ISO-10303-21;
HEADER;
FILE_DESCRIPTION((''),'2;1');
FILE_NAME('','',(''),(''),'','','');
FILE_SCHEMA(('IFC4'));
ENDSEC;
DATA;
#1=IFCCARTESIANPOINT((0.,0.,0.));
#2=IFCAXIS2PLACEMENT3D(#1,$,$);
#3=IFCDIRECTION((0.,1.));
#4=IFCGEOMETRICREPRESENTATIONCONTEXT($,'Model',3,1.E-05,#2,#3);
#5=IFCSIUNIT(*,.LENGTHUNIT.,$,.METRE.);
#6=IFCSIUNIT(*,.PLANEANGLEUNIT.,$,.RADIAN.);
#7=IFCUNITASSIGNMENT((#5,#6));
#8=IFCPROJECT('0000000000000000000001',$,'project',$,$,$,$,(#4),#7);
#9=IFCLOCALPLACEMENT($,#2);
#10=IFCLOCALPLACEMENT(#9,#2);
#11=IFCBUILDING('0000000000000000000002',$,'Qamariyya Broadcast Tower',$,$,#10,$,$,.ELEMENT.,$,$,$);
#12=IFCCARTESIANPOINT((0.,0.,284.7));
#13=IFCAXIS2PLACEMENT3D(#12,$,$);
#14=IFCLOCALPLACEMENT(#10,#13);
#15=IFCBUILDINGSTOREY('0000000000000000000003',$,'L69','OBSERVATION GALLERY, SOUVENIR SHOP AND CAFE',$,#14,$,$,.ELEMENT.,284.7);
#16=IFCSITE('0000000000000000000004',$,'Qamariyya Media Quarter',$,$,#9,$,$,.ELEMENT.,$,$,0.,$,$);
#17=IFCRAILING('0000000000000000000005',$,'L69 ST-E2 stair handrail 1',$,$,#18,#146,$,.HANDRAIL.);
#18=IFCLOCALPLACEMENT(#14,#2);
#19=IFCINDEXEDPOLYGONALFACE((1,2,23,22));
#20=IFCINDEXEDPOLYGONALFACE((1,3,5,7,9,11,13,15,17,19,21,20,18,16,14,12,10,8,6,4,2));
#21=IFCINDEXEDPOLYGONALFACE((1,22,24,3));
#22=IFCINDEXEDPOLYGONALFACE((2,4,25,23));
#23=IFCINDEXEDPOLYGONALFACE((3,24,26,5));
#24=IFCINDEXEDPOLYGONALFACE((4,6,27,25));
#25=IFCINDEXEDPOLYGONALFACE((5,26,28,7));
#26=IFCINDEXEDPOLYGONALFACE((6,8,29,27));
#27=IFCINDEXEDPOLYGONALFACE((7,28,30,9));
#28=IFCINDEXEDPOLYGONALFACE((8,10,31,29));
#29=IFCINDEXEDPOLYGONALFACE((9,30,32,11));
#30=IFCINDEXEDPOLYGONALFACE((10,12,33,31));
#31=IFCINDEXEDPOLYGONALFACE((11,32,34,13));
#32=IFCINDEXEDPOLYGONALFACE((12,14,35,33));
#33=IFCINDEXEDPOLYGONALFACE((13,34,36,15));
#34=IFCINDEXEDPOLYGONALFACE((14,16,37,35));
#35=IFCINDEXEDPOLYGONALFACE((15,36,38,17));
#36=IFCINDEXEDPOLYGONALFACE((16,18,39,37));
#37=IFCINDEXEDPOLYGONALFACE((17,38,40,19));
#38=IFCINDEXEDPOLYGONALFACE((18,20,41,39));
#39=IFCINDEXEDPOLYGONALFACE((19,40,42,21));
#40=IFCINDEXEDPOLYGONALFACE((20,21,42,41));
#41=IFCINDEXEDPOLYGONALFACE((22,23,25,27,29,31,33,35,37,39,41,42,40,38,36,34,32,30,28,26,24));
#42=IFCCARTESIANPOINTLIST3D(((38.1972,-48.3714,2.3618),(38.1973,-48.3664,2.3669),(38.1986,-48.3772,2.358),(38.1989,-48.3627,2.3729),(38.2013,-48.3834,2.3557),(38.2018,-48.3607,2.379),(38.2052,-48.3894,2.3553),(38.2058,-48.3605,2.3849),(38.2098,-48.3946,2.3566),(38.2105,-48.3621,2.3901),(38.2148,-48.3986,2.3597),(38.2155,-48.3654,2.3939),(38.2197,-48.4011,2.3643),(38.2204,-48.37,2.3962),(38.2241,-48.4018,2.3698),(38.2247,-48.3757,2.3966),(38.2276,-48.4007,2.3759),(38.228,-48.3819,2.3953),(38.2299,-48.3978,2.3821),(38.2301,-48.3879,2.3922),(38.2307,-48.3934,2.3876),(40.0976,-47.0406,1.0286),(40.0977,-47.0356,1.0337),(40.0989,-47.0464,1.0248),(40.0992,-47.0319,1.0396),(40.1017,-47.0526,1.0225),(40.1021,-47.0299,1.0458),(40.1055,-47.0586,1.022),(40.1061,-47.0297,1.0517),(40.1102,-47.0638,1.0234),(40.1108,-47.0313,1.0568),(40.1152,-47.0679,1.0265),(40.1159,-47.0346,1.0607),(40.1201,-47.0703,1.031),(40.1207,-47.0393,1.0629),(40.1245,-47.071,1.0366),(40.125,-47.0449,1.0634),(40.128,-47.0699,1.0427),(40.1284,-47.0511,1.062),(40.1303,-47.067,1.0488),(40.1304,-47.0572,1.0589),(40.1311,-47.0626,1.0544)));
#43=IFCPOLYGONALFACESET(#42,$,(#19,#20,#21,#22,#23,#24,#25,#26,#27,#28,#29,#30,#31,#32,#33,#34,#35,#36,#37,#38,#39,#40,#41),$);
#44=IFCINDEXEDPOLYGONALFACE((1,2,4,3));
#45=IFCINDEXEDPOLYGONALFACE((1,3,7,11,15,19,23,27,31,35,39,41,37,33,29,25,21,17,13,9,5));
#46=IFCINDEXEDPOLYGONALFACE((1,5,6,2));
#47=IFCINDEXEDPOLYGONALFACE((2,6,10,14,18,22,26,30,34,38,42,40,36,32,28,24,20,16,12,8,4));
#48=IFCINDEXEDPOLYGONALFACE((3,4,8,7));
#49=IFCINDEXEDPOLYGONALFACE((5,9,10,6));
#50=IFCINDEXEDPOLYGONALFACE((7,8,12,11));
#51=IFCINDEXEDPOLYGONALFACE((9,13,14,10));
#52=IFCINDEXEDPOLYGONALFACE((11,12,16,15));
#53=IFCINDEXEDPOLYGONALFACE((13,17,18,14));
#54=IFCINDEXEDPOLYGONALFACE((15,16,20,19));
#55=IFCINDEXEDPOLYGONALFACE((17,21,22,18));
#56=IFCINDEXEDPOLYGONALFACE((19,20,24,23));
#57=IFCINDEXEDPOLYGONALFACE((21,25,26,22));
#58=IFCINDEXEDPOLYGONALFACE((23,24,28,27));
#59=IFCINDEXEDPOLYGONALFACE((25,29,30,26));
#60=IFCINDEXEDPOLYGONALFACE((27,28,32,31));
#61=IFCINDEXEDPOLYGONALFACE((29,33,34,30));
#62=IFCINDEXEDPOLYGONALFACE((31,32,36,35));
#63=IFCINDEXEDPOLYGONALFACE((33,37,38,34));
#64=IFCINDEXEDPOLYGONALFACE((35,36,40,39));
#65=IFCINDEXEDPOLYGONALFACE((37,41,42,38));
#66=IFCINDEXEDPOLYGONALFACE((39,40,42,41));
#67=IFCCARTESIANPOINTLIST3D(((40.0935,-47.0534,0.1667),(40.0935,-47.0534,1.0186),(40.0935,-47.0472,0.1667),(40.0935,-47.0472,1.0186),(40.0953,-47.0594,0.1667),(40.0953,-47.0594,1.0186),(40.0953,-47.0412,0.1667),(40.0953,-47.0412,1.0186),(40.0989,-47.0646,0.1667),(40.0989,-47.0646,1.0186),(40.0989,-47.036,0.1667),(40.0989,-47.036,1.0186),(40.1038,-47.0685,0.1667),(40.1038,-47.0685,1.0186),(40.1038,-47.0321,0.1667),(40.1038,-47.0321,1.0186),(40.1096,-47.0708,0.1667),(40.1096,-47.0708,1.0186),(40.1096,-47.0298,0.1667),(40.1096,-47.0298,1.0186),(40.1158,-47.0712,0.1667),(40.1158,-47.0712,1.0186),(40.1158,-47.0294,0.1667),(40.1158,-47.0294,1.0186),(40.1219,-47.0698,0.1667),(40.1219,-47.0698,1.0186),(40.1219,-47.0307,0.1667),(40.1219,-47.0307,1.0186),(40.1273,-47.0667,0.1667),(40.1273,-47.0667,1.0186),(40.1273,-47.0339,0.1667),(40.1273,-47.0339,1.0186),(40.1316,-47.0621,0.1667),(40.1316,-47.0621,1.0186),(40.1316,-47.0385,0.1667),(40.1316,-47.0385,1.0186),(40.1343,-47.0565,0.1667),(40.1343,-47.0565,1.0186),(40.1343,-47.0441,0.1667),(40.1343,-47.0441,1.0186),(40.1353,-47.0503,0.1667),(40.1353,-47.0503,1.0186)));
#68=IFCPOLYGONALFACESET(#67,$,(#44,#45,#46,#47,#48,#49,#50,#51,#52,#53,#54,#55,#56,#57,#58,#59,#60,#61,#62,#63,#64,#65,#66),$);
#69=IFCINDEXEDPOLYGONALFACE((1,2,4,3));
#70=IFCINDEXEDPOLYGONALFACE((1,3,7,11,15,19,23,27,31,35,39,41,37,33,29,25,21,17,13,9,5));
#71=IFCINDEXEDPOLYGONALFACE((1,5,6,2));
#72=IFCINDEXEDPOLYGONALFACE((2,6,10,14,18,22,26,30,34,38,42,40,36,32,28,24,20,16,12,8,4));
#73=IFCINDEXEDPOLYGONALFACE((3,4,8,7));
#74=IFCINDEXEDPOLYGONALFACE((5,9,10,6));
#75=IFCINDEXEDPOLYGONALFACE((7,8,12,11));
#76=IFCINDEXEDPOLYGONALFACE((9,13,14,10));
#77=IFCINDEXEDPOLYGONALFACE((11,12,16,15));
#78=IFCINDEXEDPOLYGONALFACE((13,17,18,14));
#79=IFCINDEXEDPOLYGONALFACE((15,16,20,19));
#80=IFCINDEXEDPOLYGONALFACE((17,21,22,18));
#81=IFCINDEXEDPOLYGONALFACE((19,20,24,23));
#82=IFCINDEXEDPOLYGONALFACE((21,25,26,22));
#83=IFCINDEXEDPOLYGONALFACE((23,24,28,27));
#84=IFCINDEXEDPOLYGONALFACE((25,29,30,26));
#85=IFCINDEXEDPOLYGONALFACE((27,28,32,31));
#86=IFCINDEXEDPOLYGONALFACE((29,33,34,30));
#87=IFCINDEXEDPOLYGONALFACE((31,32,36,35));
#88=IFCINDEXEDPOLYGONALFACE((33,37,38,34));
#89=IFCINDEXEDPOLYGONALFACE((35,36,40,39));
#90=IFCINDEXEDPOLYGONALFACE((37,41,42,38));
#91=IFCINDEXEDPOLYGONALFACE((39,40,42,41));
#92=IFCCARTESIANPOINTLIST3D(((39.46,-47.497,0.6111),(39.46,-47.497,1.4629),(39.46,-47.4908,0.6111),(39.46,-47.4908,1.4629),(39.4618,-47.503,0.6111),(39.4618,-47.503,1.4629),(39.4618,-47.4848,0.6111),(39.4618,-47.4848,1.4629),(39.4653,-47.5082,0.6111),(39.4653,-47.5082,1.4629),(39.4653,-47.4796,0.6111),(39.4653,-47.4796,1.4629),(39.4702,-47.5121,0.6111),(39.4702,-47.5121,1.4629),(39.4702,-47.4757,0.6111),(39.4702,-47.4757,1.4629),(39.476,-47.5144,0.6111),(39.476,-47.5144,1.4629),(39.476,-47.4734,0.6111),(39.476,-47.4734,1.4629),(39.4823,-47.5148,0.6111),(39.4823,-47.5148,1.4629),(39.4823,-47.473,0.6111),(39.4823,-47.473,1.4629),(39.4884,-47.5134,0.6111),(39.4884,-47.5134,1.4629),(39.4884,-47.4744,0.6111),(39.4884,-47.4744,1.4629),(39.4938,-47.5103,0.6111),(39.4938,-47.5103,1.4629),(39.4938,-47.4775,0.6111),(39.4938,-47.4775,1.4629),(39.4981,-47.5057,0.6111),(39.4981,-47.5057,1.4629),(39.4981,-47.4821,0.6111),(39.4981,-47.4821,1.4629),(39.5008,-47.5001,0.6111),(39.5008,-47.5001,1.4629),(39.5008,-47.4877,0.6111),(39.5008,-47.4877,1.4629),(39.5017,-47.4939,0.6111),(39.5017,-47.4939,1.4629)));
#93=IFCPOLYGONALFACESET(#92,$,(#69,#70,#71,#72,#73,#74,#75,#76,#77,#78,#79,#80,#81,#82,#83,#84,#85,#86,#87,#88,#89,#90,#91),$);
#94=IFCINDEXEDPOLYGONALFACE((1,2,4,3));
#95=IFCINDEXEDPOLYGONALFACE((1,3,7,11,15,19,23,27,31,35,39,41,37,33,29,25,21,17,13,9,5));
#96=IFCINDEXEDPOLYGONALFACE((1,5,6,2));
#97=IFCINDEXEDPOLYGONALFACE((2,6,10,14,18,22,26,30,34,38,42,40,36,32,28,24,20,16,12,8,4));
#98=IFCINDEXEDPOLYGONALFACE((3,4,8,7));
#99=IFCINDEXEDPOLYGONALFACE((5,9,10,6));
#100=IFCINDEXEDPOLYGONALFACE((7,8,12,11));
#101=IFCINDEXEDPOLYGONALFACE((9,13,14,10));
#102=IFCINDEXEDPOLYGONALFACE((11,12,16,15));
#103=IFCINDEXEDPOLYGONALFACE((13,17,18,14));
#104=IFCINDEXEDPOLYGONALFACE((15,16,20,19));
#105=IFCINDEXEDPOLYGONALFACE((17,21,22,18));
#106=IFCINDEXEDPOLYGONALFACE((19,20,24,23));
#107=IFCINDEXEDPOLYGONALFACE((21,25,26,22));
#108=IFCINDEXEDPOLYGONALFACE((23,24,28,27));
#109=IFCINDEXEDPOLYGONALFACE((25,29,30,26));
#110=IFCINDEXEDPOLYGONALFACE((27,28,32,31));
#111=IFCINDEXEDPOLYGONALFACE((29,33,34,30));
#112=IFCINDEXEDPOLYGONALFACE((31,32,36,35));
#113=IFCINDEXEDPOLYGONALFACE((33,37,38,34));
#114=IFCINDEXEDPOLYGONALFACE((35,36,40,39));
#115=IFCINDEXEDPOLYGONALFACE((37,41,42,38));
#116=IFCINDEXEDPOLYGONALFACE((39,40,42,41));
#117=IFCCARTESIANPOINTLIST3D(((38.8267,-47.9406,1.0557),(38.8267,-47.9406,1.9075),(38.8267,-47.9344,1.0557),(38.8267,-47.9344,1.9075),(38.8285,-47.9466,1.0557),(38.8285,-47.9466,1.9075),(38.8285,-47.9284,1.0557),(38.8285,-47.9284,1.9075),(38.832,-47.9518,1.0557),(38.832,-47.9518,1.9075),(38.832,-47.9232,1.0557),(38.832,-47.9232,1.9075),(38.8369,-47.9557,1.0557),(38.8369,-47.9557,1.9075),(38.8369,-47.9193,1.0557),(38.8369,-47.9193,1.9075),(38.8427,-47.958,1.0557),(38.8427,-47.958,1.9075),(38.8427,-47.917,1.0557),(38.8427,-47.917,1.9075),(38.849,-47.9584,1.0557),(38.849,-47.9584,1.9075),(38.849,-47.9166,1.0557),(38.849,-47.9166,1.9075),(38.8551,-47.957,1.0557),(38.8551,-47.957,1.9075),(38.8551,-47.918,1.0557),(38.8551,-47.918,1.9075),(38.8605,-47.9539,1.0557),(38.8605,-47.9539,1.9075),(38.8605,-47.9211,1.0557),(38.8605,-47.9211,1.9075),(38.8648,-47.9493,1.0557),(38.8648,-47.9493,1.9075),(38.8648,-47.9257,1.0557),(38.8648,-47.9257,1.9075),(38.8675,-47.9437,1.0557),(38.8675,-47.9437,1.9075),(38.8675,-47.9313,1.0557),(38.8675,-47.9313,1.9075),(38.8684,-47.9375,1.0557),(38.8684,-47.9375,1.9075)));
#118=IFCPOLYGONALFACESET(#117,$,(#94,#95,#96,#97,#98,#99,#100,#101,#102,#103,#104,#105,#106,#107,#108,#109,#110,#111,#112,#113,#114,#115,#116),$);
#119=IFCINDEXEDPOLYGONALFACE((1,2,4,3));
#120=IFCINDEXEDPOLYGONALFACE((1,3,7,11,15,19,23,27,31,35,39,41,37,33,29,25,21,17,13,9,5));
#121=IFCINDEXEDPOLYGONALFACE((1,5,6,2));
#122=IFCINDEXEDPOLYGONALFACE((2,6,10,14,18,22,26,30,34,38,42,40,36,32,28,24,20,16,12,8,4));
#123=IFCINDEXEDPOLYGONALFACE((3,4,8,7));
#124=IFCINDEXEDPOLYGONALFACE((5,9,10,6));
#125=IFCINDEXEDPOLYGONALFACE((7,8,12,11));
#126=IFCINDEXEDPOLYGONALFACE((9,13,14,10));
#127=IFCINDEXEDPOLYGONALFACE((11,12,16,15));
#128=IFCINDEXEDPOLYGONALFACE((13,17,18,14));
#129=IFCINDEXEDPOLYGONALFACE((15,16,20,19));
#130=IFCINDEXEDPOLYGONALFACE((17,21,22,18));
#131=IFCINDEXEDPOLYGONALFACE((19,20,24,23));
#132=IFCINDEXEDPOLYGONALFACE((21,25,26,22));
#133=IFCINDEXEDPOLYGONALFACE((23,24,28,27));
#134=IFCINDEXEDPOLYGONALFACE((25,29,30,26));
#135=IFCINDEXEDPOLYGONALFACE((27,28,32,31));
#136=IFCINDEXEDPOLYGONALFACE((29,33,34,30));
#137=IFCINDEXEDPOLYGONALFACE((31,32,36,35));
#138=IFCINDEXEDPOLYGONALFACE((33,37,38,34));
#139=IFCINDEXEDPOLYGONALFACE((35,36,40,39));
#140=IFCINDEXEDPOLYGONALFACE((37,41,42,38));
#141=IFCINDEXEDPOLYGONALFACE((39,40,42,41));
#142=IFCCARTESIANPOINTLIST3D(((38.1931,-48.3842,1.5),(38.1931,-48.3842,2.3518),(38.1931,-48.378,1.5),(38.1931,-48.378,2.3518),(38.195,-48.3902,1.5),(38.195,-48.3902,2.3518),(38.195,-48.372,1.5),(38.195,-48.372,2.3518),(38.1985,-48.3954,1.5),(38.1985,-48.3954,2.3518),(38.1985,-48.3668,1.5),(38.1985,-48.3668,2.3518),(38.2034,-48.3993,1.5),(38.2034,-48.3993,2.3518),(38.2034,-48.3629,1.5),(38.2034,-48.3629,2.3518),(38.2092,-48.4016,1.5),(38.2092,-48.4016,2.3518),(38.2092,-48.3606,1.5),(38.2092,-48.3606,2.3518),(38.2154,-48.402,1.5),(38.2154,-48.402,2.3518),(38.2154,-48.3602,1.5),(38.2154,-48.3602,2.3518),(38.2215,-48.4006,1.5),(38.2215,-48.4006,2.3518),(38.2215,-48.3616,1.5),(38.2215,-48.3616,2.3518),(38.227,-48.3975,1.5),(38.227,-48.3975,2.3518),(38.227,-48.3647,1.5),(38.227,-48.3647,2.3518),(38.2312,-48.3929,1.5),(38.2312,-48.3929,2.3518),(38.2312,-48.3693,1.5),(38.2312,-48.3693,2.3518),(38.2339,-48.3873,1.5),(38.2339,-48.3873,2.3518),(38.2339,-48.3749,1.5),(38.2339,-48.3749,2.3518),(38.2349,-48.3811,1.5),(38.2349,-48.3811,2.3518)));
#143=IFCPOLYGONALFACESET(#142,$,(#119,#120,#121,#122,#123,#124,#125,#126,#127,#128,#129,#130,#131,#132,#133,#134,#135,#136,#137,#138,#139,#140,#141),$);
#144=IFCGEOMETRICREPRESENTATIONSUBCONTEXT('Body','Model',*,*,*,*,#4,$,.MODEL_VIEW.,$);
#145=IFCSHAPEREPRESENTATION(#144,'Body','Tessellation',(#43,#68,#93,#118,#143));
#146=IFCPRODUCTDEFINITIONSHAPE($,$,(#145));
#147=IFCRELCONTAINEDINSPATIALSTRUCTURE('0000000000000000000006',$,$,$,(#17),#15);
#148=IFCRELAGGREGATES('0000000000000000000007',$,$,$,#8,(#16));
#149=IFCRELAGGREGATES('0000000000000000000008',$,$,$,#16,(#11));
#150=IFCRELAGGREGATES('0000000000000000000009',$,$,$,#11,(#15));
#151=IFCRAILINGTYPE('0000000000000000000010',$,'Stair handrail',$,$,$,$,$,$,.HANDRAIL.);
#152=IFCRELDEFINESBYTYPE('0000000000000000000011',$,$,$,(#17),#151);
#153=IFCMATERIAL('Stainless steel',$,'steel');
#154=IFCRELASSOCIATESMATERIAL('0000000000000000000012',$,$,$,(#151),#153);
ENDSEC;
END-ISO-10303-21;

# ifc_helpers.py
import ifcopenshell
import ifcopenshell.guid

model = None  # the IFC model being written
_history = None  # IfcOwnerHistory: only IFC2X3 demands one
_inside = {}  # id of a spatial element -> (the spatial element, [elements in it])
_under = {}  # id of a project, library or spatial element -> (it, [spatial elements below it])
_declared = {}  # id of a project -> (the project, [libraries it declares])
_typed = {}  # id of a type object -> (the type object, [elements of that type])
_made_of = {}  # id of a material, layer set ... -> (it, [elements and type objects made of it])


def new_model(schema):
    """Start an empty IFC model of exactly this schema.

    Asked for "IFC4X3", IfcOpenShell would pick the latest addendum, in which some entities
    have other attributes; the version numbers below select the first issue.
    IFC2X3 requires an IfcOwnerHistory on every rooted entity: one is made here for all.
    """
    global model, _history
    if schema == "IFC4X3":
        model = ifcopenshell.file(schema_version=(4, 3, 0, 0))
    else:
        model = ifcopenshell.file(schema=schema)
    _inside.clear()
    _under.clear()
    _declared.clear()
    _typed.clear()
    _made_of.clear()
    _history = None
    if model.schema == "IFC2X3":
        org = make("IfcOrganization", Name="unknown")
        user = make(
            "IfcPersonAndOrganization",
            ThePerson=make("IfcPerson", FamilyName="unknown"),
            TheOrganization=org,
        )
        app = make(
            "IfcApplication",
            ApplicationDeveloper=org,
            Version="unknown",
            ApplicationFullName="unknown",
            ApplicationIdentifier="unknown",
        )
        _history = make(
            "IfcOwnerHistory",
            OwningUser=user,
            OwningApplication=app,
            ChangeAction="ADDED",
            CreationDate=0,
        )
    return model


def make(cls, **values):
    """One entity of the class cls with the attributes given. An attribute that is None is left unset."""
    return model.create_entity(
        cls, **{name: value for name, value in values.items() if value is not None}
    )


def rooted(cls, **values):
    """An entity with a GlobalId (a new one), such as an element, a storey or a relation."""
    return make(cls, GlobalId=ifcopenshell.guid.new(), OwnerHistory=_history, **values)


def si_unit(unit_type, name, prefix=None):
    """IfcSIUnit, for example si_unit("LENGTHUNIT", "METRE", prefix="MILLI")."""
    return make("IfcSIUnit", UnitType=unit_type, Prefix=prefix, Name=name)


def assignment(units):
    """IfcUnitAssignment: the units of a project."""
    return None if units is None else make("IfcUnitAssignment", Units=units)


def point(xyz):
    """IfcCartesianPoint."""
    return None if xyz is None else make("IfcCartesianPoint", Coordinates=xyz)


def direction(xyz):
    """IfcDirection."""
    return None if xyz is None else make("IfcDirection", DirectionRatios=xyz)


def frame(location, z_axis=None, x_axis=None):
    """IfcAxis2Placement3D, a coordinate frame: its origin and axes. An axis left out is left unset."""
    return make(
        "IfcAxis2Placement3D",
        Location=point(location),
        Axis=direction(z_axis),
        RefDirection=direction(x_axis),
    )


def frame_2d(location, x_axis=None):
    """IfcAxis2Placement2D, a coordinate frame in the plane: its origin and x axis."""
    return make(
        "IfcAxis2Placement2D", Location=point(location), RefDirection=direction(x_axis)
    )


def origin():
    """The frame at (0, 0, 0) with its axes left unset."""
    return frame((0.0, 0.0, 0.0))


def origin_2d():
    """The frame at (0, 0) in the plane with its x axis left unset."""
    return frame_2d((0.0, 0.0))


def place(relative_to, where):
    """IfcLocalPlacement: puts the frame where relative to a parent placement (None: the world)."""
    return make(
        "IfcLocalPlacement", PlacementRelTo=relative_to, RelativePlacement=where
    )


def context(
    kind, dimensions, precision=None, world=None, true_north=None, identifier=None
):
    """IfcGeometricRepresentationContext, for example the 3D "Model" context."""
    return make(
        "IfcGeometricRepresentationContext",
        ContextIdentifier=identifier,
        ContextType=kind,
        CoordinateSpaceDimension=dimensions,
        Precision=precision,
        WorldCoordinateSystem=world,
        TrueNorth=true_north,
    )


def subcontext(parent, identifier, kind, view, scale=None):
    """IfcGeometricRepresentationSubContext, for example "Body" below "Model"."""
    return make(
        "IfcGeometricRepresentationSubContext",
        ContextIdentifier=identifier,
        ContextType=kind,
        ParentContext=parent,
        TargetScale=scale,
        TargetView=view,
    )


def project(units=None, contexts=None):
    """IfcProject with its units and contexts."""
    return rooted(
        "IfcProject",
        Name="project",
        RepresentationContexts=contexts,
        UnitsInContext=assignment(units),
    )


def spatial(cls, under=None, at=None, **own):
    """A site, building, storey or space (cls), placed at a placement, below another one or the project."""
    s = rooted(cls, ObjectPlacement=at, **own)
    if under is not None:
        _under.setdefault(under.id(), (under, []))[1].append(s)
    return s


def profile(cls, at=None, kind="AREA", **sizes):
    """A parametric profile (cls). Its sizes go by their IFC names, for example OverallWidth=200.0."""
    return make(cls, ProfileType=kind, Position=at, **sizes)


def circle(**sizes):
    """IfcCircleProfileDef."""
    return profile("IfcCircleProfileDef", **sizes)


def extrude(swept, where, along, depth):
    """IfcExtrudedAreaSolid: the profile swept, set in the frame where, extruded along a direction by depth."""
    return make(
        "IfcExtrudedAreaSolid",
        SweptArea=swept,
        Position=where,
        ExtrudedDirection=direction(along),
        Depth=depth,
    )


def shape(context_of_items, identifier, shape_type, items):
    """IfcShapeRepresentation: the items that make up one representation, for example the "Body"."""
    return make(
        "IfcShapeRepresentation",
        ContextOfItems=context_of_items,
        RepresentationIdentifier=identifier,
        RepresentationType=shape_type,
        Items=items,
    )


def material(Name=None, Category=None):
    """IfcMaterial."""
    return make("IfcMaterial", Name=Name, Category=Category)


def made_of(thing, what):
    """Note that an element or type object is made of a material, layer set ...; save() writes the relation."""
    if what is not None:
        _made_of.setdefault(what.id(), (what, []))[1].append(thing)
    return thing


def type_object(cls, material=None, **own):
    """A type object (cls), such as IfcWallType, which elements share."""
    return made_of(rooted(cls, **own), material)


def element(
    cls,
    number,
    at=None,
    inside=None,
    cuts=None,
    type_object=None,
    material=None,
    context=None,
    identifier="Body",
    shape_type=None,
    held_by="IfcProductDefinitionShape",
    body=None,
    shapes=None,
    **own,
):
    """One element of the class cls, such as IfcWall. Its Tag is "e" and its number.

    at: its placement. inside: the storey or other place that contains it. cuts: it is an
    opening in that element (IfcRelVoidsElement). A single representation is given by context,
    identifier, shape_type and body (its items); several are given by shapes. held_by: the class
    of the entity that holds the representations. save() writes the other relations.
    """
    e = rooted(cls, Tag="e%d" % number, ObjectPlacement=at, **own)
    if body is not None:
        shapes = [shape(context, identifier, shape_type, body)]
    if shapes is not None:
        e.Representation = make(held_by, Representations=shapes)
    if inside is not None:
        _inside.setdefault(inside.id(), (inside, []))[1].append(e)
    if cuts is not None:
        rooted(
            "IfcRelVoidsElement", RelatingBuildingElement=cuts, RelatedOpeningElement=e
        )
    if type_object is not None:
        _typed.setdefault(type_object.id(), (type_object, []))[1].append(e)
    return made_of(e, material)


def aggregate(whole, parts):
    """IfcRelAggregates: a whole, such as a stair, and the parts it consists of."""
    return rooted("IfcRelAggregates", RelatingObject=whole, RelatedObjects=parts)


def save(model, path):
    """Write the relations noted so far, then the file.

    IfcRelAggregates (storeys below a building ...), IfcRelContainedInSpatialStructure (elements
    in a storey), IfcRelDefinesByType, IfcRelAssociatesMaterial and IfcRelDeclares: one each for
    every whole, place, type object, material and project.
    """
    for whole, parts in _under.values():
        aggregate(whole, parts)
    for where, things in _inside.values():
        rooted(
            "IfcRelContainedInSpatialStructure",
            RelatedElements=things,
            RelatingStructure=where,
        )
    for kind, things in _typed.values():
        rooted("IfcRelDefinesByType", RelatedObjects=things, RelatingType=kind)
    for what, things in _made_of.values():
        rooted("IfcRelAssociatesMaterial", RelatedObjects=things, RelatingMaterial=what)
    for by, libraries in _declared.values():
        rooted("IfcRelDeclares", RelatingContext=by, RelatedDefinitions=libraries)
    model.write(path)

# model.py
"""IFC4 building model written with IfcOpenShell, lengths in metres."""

from ifc_helpers import new_model, si_unit, direction, frame, origin, origin_2d, place, context, subcontext, project, spatial, circle, extrude, material, type_object, element, save


model = new_model("IFC4")

# Units and contexts
model_context = context("Model", 3, precision=1e-05, world=origin(), true_north=direction((0.0, 1.0)))
body_context = subcontext(model_context, "Body", "Model", "MODEL_VIEW")
ifc_project = project(units=[si_unit("LENGTHUNIT", "METRE"), si_unit("PLANEANGLEUNIT", "RADIAN")], contexts=[model_context])

# Site, building, storey
site_placement = place(None, origin())
site = spatial("IfcSite", under=ifc_project, at=site_placement, Name="Qamariyya Media Quarter", CompositionType="ELEMENT", RefElevation=0.0)
building_placement = place(site_placement, origin())
building = spatial("IfcBuilding", under=site, at=building_placement, Name="Qamariyya Broadcast Tower", CompositionType="ELEMENT")
storey_placement = place(building_placement, frame((0.0, 0.0, 284.7)))
storey = spatial("IfcBuildingStorey", under=building, at=storey_placement, Name="L69", Description="OBSERVATION GALLERY, SOUVENIR SHOP AND CAFE", CompositionType="ELEMENT", Elevation=284.7)

# Railing
ifc_material_1 = material(Name="Stainless steel", Category="steel")
railing_type_1 = type_object("IfcRailingType", Name="Stair handrail", PredefinedType="HANDRAIL", material=ifc_material_1)
railing_1_placement = place(storey_placement, frame((40.1143, -47.0503, 0.1667)))
element("IfcRailing", 1, at=railing_1_placement, inside=storey, type_object=railing_type_1, Name="L69 ST-E2 stair handrail 1", PredefinedType="HANDRAIL", context=body_context, shape_type="SweptSolid", body=[
    extrude(circle(Radius=0.0239, at=origin_2d()), frame((0.0, 0.0, 0.876), z_axis=(-0.710204, -0.497344, 0.498256), x_axis=(0.573618, -0.819123, 0.0)), (0.0, 0.0, 1.0), 2.6758),
    extrude(circle(Radius=0.021, at=origin_2d()), origin(), (0.0, 0.0, 1.0), 0.8518),
    extrude(circle(Radius=0.021, at=origin_2d()), frame((-0.6335, -0.4436, 0.4443)), (0.0, 0.0, 1.0), 0.8518),
    extrude(circle(Radius=0.021, at=origin_2d()), frame((-1.2668, -0.8872, 0.8889)), (0.0, 0.0, 1.0), 0.8518),
    extrude(circle(Radius=0.021, at=origin_2d()), frame((-1.9004, -1.3308, 1.3333)), (0.0, 0.0, 1.0), 0.8518),
])

save(model, "model.ifc")
